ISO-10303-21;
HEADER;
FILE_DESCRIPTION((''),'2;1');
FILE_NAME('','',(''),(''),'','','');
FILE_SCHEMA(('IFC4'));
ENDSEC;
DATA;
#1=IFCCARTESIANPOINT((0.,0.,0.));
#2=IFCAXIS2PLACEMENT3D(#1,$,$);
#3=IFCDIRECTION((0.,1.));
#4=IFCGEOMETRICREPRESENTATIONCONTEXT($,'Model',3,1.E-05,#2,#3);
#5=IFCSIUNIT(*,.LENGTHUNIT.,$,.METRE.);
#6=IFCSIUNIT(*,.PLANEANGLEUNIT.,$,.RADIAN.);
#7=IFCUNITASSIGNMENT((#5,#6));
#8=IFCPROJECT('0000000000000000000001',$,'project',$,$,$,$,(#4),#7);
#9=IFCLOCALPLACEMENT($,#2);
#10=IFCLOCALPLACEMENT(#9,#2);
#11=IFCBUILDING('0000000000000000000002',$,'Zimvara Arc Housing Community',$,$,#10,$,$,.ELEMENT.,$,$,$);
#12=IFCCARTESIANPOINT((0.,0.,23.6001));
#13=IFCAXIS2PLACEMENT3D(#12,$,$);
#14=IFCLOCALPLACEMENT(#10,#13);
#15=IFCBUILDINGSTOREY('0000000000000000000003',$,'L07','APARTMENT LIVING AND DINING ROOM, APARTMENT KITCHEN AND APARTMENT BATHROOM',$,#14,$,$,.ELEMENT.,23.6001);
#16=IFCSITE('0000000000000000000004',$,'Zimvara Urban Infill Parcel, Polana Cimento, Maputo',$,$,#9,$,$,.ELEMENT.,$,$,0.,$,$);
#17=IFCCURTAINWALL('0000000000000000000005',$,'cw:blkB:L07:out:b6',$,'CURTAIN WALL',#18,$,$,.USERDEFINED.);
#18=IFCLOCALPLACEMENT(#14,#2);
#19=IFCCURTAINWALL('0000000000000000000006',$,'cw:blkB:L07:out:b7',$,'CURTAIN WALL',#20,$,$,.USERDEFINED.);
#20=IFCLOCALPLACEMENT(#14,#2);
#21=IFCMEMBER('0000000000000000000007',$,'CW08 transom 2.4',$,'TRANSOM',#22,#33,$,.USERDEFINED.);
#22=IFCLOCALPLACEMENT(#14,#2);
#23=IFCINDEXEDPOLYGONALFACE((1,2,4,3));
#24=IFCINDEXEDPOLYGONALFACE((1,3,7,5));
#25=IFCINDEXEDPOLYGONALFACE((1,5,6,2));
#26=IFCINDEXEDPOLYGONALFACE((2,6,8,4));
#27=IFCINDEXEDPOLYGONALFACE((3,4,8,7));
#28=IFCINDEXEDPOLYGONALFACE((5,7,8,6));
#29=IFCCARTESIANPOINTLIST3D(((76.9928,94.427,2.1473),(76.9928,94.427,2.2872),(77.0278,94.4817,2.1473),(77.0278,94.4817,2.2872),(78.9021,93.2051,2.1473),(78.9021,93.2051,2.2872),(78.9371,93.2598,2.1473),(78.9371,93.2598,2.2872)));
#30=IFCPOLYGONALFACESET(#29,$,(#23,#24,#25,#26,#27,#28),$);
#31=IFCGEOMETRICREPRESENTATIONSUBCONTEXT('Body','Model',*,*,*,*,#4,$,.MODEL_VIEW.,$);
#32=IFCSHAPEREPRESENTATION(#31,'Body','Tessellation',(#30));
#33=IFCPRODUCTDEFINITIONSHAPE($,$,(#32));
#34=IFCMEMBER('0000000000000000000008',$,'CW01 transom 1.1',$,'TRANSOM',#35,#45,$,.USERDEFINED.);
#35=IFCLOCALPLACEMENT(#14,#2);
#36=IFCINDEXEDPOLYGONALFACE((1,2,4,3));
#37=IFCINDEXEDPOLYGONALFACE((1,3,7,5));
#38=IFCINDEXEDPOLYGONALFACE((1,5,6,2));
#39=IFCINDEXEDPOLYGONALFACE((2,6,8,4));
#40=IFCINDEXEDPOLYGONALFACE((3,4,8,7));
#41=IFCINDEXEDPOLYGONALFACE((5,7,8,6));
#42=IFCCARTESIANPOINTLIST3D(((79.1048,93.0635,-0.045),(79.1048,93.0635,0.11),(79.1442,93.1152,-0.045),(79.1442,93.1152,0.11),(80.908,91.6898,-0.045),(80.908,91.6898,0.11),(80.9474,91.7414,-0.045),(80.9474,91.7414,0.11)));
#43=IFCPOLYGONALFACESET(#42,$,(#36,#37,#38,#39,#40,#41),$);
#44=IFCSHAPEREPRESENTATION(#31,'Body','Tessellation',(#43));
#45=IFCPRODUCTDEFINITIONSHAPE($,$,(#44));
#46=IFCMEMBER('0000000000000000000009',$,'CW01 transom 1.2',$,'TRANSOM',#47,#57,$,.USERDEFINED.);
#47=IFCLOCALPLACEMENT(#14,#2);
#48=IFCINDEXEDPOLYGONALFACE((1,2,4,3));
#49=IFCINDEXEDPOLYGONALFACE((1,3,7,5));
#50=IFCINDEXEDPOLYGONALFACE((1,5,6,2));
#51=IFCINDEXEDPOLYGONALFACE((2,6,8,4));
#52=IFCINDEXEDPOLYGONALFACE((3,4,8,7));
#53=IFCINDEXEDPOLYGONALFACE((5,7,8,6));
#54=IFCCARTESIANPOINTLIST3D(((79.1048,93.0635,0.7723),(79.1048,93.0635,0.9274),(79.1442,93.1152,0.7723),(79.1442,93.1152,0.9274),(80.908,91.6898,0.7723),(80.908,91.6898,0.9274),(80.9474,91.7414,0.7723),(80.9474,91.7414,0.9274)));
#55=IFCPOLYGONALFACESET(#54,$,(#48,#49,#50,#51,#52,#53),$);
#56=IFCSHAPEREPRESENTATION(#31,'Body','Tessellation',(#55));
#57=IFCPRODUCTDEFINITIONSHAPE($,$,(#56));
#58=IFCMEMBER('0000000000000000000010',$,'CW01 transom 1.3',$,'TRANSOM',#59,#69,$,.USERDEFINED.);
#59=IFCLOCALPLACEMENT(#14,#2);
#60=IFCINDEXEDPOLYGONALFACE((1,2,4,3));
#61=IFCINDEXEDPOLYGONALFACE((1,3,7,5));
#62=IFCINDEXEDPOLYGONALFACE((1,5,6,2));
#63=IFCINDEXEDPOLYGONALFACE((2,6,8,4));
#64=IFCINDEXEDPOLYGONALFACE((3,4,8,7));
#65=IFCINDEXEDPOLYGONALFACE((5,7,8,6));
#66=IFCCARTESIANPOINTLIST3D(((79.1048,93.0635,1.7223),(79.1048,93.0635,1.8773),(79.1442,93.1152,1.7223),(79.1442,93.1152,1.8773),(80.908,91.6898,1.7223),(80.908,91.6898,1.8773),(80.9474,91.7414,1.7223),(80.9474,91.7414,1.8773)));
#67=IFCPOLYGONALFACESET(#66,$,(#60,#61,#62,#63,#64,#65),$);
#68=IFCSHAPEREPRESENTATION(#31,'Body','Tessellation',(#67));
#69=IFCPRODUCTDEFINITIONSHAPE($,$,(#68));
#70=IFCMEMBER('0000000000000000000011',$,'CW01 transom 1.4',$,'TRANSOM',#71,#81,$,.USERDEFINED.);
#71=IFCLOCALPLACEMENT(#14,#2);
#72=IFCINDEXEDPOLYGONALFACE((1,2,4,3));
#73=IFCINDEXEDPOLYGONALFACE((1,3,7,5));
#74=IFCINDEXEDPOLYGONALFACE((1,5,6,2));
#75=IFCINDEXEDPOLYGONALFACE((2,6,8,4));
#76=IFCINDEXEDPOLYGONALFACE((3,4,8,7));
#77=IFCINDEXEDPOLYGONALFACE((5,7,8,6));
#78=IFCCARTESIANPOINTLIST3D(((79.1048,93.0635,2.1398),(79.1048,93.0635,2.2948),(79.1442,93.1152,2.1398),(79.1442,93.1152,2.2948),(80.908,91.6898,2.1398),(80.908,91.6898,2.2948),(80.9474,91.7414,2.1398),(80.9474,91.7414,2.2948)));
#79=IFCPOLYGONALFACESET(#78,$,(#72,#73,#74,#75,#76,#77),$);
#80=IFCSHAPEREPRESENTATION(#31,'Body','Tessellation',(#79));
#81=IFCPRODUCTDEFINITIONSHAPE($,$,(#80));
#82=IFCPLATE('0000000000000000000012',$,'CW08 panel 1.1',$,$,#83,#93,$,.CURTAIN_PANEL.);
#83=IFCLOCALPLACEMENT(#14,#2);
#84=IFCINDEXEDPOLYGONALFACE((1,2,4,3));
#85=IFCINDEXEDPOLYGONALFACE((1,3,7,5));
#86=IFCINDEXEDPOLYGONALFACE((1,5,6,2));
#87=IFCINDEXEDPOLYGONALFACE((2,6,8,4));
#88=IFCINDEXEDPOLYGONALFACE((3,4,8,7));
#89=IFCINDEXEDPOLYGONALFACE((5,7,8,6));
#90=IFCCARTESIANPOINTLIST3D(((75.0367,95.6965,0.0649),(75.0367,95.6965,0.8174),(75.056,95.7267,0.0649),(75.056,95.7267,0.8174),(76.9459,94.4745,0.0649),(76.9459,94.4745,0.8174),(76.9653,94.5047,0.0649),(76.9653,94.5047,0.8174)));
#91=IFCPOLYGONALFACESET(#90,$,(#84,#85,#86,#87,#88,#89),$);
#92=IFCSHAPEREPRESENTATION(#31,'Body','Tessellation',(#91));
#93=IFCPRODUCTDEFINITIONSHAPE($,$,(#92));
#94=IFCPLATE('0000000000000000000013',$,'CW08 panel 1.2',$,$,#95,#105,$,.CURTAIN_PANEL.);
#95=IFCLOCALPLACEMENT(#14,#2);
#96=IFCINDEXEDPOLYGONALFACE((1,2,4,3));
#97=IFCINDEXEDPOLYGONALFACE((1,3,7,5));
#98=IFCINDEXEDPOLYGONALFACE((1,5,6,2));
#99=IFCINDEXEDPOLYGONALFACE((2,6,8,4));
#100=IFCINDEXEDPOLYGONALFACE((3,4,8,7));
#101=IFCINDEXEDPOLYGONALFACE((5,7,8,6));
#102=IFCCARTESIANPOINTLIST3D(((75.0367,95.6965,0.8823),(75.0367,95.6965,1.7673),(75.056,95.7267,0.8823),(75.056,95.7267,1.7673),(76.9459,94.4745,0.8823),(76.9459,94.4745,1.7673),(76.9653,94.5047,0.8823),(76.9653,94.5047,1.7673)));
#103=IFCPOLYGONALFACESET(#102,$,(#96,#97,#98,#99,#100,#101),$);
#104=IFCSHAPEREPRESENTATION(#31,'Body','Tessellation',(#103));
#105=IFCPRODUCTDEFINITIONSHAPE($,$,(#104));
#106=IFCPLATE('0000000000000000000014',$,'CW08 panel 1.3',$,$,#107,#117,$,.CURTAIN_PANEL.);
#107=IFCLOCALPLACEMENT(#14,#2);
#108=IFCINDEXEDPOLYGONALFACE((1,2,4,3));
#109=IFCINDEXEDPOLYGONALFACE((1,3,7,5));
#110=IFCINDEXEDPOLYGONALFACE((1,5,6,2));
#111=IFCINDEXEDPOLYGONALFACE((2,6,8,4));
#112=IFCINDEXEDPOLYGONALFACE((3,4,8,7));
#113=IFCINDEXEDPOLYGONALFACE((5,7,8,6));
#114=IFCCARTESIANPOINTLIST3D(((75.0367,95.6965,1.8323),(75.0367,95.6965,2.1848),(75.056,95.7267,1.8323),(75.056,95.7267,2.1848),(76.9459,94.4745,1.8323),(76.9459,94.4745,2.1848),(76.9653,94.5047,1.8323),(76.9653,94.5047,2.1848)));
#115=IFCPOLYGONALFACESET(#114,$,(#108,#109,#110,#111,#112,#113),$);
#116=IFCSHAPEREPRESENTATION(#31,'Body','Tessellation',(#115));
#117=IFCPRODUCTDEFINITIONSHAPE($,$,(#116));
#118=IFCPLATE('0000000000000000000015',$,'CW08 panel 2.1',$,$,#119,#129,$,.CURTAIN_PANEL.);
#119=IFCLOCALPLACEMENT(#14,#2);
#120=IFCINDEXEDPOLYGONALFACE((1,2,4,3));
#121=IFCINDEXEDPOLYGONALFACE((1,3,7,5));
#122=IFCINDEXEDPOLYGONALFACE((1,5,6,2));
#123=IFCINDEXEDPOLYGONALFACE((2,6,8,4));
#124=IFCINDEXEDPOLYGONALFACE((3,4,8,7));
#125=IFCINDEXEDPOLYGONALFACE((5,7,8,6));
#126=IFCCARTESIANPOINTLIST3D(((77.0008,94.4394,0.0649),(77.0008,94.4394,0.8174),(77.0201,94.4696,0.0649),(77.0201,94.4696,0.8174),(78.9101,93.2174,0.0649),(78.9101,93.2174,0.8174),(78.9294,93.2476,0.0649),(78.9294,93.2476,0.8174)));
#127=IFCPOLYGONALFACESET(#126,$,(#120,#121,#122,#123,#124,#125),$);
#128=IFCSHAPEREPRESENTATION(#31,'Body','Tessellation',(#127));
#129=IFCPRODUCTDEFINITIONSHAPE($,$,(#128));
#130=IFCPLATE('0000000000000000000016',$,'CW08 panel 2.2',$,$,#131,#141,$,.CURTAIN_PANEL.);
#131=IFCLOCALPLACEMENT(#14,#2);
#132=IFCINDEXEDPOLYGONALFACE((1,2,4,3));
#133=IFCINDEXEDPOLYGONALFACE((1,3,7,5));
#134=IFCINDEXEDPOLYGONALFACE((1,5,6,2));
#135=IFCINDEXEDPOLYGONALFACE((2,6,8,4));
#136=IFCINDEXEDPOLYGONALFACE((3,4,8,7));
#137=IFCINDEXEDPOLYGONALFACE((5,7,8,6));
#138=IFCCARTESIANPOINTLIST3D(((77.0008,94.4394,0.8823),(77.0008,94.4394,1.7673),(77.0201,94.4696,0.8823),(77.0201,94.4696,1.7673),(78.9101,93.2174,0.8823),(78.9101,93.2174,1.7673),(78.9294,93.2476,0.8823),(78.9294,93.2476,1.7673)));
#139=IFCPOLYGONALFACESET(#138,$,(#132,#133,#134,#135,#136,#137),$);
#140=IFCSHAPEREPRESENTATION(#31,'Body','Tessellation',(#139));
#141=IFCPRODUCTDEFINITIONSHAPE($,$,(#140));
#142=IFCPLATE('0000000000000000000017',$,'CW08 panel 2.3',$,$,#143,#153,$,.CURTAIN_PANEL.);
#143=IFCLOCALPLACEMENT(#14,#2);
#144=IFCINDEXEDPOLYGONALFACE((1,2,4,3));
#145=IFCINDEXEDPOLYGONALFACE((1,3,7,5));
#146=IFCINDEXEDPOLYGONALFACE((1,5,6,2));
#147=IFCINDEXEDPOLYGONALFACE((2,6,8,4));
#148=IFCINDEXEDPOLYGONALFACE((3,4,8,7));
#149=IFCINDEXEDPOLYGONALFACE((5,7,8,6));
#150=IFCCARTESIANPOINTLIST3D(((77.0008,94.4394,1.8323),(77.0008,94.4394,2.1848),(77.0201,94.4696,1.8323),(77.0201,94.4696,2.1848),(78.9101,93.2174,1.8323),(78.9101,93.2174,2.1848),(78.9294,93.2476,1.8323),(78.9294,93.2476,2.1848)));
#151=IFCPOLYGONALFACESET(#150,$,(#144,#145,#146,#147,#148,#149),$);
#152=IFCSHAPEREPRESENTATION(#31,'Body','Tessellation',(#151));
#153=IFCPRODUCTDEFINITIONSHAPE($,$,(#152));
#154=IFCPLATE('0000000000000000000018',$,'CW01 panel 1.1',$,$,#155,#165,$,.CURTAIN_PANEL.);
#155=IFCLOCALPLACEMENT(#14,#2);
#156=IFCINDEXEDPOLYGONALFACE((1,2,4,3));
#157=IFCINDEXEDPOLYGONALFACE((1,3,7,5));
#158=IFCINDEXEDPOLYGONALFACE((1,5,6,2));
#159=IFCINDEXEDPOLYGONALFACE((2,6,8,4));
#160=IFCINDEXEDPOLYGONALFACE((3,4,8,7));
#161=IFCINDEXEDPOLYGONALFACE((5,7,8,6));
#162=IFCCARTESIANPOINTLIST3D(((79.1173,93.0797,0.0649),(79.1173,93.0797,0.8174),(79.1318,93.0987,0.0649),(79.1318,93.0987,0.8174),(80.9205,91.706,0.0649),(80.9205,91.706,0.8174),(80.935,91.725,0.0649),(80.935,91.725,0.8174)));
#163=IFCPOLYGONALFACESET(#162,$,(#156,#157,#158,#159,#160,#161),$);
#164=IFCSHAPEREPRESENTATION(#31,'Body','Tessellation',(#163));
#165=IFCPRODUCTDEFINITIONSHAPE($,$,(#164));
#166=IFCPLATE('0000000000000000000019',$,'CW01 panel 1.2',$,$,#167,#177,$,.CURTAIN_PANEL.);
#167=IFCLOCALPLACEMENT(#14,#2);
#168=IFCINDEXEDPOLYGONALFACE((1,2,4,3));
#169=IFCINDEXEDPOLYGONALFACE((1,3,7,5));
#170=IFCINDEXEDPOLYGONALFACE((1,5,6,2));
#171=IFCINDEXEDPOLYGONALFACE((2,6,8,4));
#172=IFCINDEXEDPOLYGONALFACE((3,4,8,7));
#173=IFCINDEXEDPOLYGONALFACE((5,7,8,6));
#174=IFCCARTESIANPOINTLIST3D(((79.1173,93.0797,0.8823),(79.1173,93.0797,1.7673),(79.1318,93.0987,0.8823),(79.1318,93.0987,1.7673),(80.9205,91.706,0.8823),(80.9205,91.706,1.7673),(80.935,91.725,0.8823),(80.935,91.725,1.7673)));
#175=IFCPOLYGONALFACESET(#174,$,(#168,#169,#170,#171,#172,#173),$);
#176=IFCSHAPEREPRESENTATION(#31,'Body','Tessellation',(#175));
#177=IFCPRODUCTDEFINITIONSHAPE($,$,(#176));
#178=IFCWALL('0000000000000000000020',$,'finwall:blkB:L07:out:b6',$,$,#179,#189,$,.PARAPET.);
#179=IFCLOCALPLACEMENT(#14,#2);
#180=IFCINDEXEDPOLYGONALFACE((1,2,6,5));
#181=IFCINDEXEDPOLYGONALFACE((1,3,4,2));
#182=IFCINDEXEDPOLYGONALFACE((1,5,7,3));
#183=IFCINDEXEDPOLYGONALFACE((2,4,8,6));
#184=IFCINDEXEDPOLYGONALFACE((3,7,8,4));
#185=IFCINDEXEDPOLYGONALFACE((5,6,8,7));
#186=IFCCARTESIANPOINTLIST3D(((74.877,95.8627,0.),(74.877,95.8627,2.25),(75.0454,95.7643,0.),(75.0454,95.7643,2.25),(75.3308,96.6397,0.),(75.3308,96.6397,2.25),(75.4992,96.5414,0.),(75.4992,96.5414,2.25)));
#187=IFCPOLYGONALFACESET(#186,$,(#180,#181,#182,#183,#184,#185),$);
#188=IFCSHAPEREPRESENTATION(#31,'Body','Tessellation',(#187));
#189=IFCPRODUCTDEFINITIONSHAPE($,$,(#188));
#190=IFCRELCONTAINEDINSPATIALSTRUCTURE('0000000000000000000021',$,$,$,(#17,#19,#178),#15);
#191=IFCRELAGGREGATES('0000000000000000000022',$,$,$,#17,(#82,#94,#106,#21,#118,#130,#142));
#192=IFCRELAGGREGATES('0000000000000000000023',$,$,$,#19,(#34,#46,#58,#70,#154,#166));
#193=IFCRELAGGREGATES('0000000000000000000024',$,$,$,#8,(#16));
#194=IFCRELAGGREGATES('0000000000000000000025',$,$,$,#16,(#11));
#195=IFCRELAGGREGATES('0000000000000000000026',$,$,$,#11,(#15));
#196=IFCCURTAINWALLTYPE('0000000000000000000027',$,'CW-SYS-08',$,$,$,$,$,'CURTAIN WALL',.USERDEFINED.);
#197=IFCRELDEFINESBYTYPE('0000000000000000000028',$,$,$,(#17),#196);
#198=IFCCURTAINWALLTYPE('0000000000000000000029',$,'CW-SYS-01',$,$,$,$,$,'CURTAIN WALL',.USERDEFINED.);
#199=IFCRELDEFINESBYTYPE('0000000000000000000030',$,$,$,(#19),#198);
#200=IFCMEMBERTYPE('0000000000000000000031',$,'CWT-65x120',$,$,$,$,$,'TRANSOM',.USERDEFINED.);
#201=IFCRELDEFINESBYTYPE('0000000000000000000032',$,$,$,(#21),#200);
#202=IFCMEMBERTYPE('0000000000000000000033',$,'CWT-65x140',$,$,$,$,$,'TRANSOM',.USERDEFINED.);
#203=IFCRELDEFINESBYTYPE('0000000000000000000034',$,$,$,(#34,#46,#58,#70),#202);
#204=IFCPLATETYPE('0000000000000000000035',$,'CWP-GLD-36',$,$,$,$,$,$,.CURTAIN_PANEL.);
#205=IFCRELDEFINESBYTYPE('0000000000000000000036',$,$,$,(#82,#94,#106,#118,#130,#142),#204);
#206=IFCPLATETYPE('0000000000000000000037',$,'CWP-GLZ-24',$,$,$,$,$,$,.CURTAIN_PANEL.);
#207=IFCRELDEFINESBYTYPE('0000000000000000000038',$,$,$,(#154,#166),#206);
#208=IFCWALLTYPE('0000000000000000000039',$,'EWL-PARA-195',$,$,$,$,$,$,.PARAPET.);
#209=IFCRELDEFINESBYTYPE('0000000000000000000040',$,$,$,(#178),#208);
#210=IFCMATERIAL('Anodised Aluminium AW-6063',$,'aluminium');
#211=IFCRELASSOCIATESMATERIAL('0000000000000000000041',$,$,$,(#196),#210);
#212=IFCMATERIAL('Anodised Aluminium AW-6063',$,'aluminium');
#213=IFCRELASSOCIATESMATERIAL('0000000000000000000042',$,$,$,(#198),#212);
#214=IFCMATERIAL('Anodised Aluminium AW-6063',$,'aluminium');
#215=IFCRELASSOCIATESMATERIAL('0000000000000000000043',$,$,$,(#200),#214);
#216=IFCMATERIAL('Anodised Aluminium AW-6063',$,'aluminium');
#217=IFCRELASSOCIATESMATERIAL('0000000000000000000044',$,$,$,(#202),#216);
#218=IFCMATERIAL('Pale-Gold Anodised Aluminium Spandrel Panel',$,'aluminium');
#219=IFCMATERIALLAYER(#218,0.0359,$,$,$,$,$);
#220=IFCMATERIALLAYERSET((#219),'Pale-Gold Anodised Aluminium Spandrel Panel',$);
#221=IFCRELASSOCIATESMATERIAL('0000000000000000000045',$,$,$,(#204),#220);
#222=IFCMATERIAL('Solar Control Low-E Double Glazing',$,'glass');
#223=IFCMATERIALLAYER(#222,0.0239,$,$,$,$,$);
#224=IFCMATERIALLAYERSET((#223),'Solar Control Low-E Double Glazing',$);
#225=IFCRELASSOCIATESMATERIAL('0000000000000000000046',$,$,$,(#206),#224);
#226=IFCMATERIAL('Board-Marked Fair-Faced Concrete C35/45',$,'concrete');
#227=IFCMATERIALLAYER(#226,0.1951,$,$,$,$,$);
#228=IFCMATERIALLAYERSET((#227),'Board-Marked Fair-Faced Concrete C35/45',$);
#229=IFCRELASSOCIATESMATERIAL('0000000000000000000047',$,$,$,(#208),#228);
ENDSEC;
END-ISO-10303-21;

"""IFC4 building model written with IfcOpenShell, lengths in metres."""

from ifc_helpers import new_model, si_unit, direction, frame, frame_2d, origin, origin_2d, place, context, subcontext, project, spatial, rectangle, extrude, material, layer, layer_set, material_profile, profile_set, type_object, element, aggregate, save


model = new_model("IFC4")

# Units and contexts
model_context = context("Model", 3, precision=1e-05, world=origin(), true_north=direction((0.0, 1.0)))
body_context = subcontext(model_context, "Body", "Model", "MODEL_VIEW")
ifc_project = project(units=[si_unit("LENGTHUNIT", "METRE"), si_unit("PLANEANGLEUNIT", "RADIAN")], contexts=[model_context])

# Site, building, storey
site_placement = place(None, origin())
site = spatial("IfcSite", under=ifc_project, at=site_placement, Name="Zimvara Urban Infill Parcel, Polana Cimento, Maputo", CompositionType="ELEMENT", RefElevation=0.0)
building_placement = place(site_placement, origin())
building = spatial("IfcBuilding", under=site, at=building_placement, Name="Zimvara Arc Housing Community", CompositionType="ELEMENT")
storey_placement = place(building_placement, frame((0.0, 0.0, 23.6001)))
storey = spatial("IfcBuildingStorey", under=building, at=storey_placement, Name="L07", Description="APARTMENT LIVING AND DINING ROOM, APARTMENT KITCHEN AND APARTMENT BATHROOM", CompositionType="ELEMENT", Elevation=23.6001)

# Curtain wall
ifc_material_1 = material(Name="Anodised Aluminium AW-6063", Category="aluminium")
curtain_wall_type_1 = type_object("IfcCurtainWallType", Name="CW-SYS-08", ElementType="CURTAIN WALL", PredefinedType="USERDEFINED", material=ifc_material_1)
curtain_wall_1_placement = place(storey_placement, origin())
curtain_wall_1 = element("IfcCurtainWall", 1, at=curtain_wall_1_placement, inside=storey, type_object=curtain_wall_type_1, Name="cw:blkB:L07:out:b6", ObjectType="CURTAIN WALL", PredefinedType="USERDEFINED")

# Curtain wall
ifc_material_2 = material(Name="Anodised Aluminium AW-6063", Category="aluminium")
curtain_wall_type_2 = type_object("IfcCurtainWallType", Name="CW-SYS-01", ElementType="CURTAIN WALL", PredefinedType="USERDEFINED", material=ifc_material_2)
curtain_wall_2_placement = place(storey_placement, origin())
curtain_wall_2 = element("IfcCurtainWall", 2, at=curtain_wall_2_placement, inside=storey, type_object=curtain_wall_type_2, Name="cw:blkB:L07:out:b7", ObjectType="CURTAIN WALL", PredefinedType="USERDEFINED")

# Members
ifc_material_3 = material(Name="Anodised Aluminium AW-6063", Category="aluminium")
ifc_material_profile_1 = material_profile(ifc_material_3, rectangle(XDim=0.0649, YDim=0.1399, at=origin_2d()), Name="ALU 65x140")
ifc_profile_set_1 = profile_set([ifc_material_profile_1], Name="Anodised Aluminium AW-6063")
member_type_1 = type_object("IfcMemberType", Name="CWT-65x120", ElementType="TRANSOM", PredefinedType="USERDEFINED", material=ifc_profile_set_1)
member_1_placement = place(storey_placement, frame((77.0103, 94.4543, 2.2173), z_axis=(0.842293, -0.53902, 0.0), x_axis=(0.53902, 0.842293, 0.0)))
member_1 = element("IfcMember", 3, at=member_1_placement, type_object=member_type_1, Name="CW08 transom 2.4", ObjectType="TRANSOM", PredefinedType="USERDEFINED", context=body_context, shape_type="SweptSolid", body=[
    extrude(rectangle(XDim=0.0649, YDim=0.1399, at=origin_2d()), origin(), (0.0, 0.0, 1.0), 2.2668),
])
ifc_material_4 = material(Name="Anodised Aluminium AW-6063", Category="aluminium")
ifc_material_profile_2 = material_profile(ifc_material_4, rectangle(XDim=0.0649, YDim=0.155, at=origin_2d()), Name="ALU 65x155")
ifc_profile_set_2 = profile_set([ifc_material_profile_2], Name="Anodised Aluminium AW-6063")
member_type_2 = type_object("IfcMemberType", Name="CWT-65x140", ElementType="TRANSOM", PredefinedType="USERDEFINED", material=ifc_profile_set_2)
member_2_placement = place(storey_placement, frame((79.1245, 93.0894, 0.0325), z_axis=(0.795454, -0.606014, 0.0), x_axis=(0.606014, 0.795454, 0.0)))
member_2 = element("IfcMember", 4, at=member_2_placement, type_object=member_type_2, Name="CW01 transom 1.1", ObjectType="TRANSOM", PredefinedType="USERDEFINED", context=body_context, shape_type="SweptSolid", body=[
    extrude(rectangle(XDim=0.0649, YDim=0.155, at=origin_2d()), origin(), (0.0, 0.0, 1.0), 2.2668),
])
member_3_placement = place(storey_placement, frame((79.1245, 93.0894, 0.8499), z_axis=(0.795454, -0.606014, 0.0), x_axis=(0.606014, 0.795454, 0.0)))
member_3 = element("IfcMember", 5, at=member_3_placement, type_object=member_type_2, Name="CW01 transom 1.2", ObjectType="TRANSOM", PredefinedType="USERDEFINED", context=body_context, shape_type="SweptSolid", body=[
    extrude(rectangle(XDim=0.0649, YDim=0.155, at=origin_2d()), origin(), (0.0, 0.0, 1.0), 2.2668),
])
member_4_placement = place(storey_placement, frame((79.1245, 93.0894, 1.7998), z_axis=(0.795454, -0.606014, 0.0), x_axis=(0.606014, 0.795454, 0.0)))
member_4 = element("IfcMember", 6, at=member_4_placement, type_object=member_type_2, Name="CW01 transom 1.3", ObjectType="TRANSOM", PredefinedType="USERDEFINED", context=body_context, shape_type="SweptSolid", body=[
    extrude(rectangle(XDim=0.0649, YDim=0.155, at=origin_2d()), origin(), (0.0, 0.0, 1.0), 2.2668),
])
member_5_placement = place(storey_placement, frame((79.1245, 93.0894, 2.2173), z_axis=(0.795454, -0.606014, 0.0), x_axis=(0.606014, 0.795454, 0.0)))
member_5 = element("IfcMember", 7, at=member_5_placement, type_object=member_type_2, Name="CW01 transom 1.4", ObjectType="TRANSOM", PredefinedType="USERDEFINED", context=body_context, shape_type="SweptSolid", body=[
    extrude(rectangle(XDim=0.0649, YDim=0.155, at=origin_2d()), origin(), (0.0, 0.0, 1.0), 2.2668),
])

# Plates
ifc_material_5 = material(Name="Pale-Gold Anodised Aluminium Spandrel Panel", Category="aluminium")
ifc_layer_1 = layer(ifc_material_5, 0.0359)
ifc_layer_set_1 = layer_set([ifc_layer_1], Name="Pale-Gold Anodised Aluminium Spandrel Panel")
plate_type_1 = type_object("IfcPlateType", Name="CWP-GLD-36", PredefinedType="CURTAIN_PANEL", material=ifc_layer_set_1)
plate_1_placement = place(storey_placement, frame((76.001, 95.1006, 0.0649), z_axis=(0.0, 0.0, 1.0), x_axis=(0.842264, -0.539065, 0.0)))
plate_1 = element("IfcPlate", 8, at=plate_1_placement, type_object=plate_type_1, Name="CW08 panel 1.1", PredefinedType="CURTAIN_PANEL", context=body_context, shape_type="SweptSolid", body=[
    extrude(rectangle(XDim=2.2668, YDim=0.0359, at=origin_2d()), origin(), (0.0, 0.0, 1.0), 0.7524),
])
plate_2_placement = place(storey_placement, frame((76.001, 95.1006, 0.8823), z_axis=(0.0, 0.0, 1.0), x_axis=(0.842264, -0.539065, 0.0)))
plate_2 = element("IfcPlate", 9, at=plate_2_placement, type_object=plate_type_1, Name="CW08 panel 1.2", PredefinedType="CURTAIN_PANEL", context=body_context, shape_type="SweptSolid", body=[
    extrude(rectangle(XDim=2.2668, YDim=0.0359, at=origin_2d()), origin(), (0.0, 0.0, 1.0), 0.885),
])
plate_3_placement = place(storey_placement, frame((76.001, 95.1006, 1.8323), z_axis=(0.0, 0.0, 1.0), x_axis=(0.842264, -0.539065, 0.0)))
plate_3 = element("IfcPlate", 10, at=plate_3_placement, type_object=plate_type_1, Name="CW08 panel 1.3", PredefinedType="CURTAIN_PANEL", context=body_context, shape_type="SweptSolid", body=[
    extrude(rectangle(XDim=2.2668, YDim=0.0359, at=origin_2d()), origin(), (0.0, 0.0, 1.0), 0.3525),
])
plate_4_placement = place(storey_placement, frame((77.9651, 93.8435, 0.0649), z_axis=(0.0, 0.0, 1.0), x_axis=(0.842264, -0.539065, 0.0)))
plate_4 = element("IfcPlate", 11, at=plate_4_placement, type_object=plate_type_1, Name="CW08 panel 2.1", PredefinedType="CURTAIN_PANEL", context=body_context, shape_type="SweptSolid", body=[
    extrude(rectangle(XDim=2.2668, YDim=0.0359, at=origin_2d()), origin(), (0.0, 0.0, 1.0), 0.7524),
])
plate_5_placement = place(storey_placement, frame((77.9651, 93.8435, 0.8823), z_axis=(0.0, 0.0, 1.0), x_axis=(0.842264, -0.539065, 0.0)))
plate_5 = element("IfcPlate", 12, at=plate_5_placement, type_object=plate_type_1, Name="CW08 panel 2.2", PredefinedType="CURTAIN_PANEL", context=body_context, shape_type="SweptSolid", body=[
    extrude(rectangle(XDim=2.2668, YDim=0.0359, at=origin_2d()), origin(), (0.0, 0.0, 1.0), 0.885),
])
plate_6_placement = place(storey_placement, frame((77.9651, 93.8435, 1.8323), z_axis=(0.0, 0.0, 1.0), x_axis=(0.842264, -0.539065, 0.0)))
plate_6 = element("IfcPlate", 13, at=plate_6_placement, type_object=plate_type_1, Name="CW08 panel 2.3", PredefinedType="CURTAIN_PANEL", context=body_context, shape_type="SweptSolid", body=[
    extrude(rectangle(XDim=2.2668, YDim=0.0359, at=origin_2d()), origin(), (0.0, 0.0, 1.0), 0.3525),
])
aggregate(curtain_wall_1, [plate_1, plate_2, plate_3, member_1, plate_4, plate_5, plate_6])
ifc_material_6 = material(Name="Solar Control Low-E Double Glazing", Category="glass")
ifc_layer_2 = layer(ifc_material_6, 0.0239)
ifc_layer_set_2 = layer_set([ifc_layer_2], Name="Solar Control Low-E Double Glazing")
plate_type_2 = type_object("IfcPlateType", Name="CWP-GLZ-24", PredefinedType="CURTAIN_PANEL", material=ifc_layer_set_2)
plate_7_placement = place(storey_placement, frame((80.0261, 92.4023, 0.0649), z_axis=(0.0, 0.0, 1.0), x_axis=(0.795474, -0.605988, 0.0)))
plate_7 = element("IfcPlate", 14, at=plate_7_placement, type_object=plate_type_2, Name="CW01 panel 1.1", PredefinedType="CURTAIN_PANEL", context=body_context, shape_type="SweptSolid", body=[
    extrude(rectangle(XDim=2.2668, YDim=0.0239, at=origin_2d()), origin(), (0.0, 0.0, 1.0), 0.7524),
])
plate_8_placement = place(storey_placement, frame((80.0261, 92.4023, 0.8823), z_axis=(0.0, 0.0, 1.0), x_axis=(0.795474, -0.605988, 0.0)))
plate_8 = element("IfcPlate", 15, at=plate_8_placement, type_object=plate_type_2, Name="CW01 panel 1.2", PredefinedType="CURTAIN_PANEL", context=body_context, shape_type="SweptSolid", body=[
    extrude(rectangle(XDim=2.2668, YDim=0.0239, at=origin_2d()), origin(), (0.0, 0.0, 1.0), 0.885),
])
aggregate(curtain_wall_2, [member_2, member_3, member_4, member_5, plate_7, plate_8])

# Wall
ifc_material_7 = material(Name="Board-Marked Fair-Faced Concrete C35/45", Category="concrete")
ifc_layer_3 = layer(ifc_material_7, 0.1951)
ifc_layer_set_3 = layer_set([ifc_layer_3], Name="Board-Marked Fair-Faced Concrete C35/45")
wall_type = type_object("IfcWallType", Name="EWL-PARA-195", PredefinedType="PARAPET", material=ifc_layer_set_3)
wall_placement = place(storey_placement, frame((74.9612, 95.8135, 0.0), z_axis=(0.0, 0.0, 1.0), x_axis=(0.504326, 0.863513, 0.0)))
element("IfcWall", 16, at=wall_placement, inside=storey, type_object=wall_type, Name="finwall:blkB:L07:out:b6", PredefinedType="PARAPET", context=body_context, shape_type="SweptSolid", body=[
    extrude(rectangle(XDim=0.8999, YDim=0.1951, at=frame_2d((0.45, 0.0))), origin(), (0.0, 0.0, 1.0), 2.25),
])

save(model, "model.ifc")
